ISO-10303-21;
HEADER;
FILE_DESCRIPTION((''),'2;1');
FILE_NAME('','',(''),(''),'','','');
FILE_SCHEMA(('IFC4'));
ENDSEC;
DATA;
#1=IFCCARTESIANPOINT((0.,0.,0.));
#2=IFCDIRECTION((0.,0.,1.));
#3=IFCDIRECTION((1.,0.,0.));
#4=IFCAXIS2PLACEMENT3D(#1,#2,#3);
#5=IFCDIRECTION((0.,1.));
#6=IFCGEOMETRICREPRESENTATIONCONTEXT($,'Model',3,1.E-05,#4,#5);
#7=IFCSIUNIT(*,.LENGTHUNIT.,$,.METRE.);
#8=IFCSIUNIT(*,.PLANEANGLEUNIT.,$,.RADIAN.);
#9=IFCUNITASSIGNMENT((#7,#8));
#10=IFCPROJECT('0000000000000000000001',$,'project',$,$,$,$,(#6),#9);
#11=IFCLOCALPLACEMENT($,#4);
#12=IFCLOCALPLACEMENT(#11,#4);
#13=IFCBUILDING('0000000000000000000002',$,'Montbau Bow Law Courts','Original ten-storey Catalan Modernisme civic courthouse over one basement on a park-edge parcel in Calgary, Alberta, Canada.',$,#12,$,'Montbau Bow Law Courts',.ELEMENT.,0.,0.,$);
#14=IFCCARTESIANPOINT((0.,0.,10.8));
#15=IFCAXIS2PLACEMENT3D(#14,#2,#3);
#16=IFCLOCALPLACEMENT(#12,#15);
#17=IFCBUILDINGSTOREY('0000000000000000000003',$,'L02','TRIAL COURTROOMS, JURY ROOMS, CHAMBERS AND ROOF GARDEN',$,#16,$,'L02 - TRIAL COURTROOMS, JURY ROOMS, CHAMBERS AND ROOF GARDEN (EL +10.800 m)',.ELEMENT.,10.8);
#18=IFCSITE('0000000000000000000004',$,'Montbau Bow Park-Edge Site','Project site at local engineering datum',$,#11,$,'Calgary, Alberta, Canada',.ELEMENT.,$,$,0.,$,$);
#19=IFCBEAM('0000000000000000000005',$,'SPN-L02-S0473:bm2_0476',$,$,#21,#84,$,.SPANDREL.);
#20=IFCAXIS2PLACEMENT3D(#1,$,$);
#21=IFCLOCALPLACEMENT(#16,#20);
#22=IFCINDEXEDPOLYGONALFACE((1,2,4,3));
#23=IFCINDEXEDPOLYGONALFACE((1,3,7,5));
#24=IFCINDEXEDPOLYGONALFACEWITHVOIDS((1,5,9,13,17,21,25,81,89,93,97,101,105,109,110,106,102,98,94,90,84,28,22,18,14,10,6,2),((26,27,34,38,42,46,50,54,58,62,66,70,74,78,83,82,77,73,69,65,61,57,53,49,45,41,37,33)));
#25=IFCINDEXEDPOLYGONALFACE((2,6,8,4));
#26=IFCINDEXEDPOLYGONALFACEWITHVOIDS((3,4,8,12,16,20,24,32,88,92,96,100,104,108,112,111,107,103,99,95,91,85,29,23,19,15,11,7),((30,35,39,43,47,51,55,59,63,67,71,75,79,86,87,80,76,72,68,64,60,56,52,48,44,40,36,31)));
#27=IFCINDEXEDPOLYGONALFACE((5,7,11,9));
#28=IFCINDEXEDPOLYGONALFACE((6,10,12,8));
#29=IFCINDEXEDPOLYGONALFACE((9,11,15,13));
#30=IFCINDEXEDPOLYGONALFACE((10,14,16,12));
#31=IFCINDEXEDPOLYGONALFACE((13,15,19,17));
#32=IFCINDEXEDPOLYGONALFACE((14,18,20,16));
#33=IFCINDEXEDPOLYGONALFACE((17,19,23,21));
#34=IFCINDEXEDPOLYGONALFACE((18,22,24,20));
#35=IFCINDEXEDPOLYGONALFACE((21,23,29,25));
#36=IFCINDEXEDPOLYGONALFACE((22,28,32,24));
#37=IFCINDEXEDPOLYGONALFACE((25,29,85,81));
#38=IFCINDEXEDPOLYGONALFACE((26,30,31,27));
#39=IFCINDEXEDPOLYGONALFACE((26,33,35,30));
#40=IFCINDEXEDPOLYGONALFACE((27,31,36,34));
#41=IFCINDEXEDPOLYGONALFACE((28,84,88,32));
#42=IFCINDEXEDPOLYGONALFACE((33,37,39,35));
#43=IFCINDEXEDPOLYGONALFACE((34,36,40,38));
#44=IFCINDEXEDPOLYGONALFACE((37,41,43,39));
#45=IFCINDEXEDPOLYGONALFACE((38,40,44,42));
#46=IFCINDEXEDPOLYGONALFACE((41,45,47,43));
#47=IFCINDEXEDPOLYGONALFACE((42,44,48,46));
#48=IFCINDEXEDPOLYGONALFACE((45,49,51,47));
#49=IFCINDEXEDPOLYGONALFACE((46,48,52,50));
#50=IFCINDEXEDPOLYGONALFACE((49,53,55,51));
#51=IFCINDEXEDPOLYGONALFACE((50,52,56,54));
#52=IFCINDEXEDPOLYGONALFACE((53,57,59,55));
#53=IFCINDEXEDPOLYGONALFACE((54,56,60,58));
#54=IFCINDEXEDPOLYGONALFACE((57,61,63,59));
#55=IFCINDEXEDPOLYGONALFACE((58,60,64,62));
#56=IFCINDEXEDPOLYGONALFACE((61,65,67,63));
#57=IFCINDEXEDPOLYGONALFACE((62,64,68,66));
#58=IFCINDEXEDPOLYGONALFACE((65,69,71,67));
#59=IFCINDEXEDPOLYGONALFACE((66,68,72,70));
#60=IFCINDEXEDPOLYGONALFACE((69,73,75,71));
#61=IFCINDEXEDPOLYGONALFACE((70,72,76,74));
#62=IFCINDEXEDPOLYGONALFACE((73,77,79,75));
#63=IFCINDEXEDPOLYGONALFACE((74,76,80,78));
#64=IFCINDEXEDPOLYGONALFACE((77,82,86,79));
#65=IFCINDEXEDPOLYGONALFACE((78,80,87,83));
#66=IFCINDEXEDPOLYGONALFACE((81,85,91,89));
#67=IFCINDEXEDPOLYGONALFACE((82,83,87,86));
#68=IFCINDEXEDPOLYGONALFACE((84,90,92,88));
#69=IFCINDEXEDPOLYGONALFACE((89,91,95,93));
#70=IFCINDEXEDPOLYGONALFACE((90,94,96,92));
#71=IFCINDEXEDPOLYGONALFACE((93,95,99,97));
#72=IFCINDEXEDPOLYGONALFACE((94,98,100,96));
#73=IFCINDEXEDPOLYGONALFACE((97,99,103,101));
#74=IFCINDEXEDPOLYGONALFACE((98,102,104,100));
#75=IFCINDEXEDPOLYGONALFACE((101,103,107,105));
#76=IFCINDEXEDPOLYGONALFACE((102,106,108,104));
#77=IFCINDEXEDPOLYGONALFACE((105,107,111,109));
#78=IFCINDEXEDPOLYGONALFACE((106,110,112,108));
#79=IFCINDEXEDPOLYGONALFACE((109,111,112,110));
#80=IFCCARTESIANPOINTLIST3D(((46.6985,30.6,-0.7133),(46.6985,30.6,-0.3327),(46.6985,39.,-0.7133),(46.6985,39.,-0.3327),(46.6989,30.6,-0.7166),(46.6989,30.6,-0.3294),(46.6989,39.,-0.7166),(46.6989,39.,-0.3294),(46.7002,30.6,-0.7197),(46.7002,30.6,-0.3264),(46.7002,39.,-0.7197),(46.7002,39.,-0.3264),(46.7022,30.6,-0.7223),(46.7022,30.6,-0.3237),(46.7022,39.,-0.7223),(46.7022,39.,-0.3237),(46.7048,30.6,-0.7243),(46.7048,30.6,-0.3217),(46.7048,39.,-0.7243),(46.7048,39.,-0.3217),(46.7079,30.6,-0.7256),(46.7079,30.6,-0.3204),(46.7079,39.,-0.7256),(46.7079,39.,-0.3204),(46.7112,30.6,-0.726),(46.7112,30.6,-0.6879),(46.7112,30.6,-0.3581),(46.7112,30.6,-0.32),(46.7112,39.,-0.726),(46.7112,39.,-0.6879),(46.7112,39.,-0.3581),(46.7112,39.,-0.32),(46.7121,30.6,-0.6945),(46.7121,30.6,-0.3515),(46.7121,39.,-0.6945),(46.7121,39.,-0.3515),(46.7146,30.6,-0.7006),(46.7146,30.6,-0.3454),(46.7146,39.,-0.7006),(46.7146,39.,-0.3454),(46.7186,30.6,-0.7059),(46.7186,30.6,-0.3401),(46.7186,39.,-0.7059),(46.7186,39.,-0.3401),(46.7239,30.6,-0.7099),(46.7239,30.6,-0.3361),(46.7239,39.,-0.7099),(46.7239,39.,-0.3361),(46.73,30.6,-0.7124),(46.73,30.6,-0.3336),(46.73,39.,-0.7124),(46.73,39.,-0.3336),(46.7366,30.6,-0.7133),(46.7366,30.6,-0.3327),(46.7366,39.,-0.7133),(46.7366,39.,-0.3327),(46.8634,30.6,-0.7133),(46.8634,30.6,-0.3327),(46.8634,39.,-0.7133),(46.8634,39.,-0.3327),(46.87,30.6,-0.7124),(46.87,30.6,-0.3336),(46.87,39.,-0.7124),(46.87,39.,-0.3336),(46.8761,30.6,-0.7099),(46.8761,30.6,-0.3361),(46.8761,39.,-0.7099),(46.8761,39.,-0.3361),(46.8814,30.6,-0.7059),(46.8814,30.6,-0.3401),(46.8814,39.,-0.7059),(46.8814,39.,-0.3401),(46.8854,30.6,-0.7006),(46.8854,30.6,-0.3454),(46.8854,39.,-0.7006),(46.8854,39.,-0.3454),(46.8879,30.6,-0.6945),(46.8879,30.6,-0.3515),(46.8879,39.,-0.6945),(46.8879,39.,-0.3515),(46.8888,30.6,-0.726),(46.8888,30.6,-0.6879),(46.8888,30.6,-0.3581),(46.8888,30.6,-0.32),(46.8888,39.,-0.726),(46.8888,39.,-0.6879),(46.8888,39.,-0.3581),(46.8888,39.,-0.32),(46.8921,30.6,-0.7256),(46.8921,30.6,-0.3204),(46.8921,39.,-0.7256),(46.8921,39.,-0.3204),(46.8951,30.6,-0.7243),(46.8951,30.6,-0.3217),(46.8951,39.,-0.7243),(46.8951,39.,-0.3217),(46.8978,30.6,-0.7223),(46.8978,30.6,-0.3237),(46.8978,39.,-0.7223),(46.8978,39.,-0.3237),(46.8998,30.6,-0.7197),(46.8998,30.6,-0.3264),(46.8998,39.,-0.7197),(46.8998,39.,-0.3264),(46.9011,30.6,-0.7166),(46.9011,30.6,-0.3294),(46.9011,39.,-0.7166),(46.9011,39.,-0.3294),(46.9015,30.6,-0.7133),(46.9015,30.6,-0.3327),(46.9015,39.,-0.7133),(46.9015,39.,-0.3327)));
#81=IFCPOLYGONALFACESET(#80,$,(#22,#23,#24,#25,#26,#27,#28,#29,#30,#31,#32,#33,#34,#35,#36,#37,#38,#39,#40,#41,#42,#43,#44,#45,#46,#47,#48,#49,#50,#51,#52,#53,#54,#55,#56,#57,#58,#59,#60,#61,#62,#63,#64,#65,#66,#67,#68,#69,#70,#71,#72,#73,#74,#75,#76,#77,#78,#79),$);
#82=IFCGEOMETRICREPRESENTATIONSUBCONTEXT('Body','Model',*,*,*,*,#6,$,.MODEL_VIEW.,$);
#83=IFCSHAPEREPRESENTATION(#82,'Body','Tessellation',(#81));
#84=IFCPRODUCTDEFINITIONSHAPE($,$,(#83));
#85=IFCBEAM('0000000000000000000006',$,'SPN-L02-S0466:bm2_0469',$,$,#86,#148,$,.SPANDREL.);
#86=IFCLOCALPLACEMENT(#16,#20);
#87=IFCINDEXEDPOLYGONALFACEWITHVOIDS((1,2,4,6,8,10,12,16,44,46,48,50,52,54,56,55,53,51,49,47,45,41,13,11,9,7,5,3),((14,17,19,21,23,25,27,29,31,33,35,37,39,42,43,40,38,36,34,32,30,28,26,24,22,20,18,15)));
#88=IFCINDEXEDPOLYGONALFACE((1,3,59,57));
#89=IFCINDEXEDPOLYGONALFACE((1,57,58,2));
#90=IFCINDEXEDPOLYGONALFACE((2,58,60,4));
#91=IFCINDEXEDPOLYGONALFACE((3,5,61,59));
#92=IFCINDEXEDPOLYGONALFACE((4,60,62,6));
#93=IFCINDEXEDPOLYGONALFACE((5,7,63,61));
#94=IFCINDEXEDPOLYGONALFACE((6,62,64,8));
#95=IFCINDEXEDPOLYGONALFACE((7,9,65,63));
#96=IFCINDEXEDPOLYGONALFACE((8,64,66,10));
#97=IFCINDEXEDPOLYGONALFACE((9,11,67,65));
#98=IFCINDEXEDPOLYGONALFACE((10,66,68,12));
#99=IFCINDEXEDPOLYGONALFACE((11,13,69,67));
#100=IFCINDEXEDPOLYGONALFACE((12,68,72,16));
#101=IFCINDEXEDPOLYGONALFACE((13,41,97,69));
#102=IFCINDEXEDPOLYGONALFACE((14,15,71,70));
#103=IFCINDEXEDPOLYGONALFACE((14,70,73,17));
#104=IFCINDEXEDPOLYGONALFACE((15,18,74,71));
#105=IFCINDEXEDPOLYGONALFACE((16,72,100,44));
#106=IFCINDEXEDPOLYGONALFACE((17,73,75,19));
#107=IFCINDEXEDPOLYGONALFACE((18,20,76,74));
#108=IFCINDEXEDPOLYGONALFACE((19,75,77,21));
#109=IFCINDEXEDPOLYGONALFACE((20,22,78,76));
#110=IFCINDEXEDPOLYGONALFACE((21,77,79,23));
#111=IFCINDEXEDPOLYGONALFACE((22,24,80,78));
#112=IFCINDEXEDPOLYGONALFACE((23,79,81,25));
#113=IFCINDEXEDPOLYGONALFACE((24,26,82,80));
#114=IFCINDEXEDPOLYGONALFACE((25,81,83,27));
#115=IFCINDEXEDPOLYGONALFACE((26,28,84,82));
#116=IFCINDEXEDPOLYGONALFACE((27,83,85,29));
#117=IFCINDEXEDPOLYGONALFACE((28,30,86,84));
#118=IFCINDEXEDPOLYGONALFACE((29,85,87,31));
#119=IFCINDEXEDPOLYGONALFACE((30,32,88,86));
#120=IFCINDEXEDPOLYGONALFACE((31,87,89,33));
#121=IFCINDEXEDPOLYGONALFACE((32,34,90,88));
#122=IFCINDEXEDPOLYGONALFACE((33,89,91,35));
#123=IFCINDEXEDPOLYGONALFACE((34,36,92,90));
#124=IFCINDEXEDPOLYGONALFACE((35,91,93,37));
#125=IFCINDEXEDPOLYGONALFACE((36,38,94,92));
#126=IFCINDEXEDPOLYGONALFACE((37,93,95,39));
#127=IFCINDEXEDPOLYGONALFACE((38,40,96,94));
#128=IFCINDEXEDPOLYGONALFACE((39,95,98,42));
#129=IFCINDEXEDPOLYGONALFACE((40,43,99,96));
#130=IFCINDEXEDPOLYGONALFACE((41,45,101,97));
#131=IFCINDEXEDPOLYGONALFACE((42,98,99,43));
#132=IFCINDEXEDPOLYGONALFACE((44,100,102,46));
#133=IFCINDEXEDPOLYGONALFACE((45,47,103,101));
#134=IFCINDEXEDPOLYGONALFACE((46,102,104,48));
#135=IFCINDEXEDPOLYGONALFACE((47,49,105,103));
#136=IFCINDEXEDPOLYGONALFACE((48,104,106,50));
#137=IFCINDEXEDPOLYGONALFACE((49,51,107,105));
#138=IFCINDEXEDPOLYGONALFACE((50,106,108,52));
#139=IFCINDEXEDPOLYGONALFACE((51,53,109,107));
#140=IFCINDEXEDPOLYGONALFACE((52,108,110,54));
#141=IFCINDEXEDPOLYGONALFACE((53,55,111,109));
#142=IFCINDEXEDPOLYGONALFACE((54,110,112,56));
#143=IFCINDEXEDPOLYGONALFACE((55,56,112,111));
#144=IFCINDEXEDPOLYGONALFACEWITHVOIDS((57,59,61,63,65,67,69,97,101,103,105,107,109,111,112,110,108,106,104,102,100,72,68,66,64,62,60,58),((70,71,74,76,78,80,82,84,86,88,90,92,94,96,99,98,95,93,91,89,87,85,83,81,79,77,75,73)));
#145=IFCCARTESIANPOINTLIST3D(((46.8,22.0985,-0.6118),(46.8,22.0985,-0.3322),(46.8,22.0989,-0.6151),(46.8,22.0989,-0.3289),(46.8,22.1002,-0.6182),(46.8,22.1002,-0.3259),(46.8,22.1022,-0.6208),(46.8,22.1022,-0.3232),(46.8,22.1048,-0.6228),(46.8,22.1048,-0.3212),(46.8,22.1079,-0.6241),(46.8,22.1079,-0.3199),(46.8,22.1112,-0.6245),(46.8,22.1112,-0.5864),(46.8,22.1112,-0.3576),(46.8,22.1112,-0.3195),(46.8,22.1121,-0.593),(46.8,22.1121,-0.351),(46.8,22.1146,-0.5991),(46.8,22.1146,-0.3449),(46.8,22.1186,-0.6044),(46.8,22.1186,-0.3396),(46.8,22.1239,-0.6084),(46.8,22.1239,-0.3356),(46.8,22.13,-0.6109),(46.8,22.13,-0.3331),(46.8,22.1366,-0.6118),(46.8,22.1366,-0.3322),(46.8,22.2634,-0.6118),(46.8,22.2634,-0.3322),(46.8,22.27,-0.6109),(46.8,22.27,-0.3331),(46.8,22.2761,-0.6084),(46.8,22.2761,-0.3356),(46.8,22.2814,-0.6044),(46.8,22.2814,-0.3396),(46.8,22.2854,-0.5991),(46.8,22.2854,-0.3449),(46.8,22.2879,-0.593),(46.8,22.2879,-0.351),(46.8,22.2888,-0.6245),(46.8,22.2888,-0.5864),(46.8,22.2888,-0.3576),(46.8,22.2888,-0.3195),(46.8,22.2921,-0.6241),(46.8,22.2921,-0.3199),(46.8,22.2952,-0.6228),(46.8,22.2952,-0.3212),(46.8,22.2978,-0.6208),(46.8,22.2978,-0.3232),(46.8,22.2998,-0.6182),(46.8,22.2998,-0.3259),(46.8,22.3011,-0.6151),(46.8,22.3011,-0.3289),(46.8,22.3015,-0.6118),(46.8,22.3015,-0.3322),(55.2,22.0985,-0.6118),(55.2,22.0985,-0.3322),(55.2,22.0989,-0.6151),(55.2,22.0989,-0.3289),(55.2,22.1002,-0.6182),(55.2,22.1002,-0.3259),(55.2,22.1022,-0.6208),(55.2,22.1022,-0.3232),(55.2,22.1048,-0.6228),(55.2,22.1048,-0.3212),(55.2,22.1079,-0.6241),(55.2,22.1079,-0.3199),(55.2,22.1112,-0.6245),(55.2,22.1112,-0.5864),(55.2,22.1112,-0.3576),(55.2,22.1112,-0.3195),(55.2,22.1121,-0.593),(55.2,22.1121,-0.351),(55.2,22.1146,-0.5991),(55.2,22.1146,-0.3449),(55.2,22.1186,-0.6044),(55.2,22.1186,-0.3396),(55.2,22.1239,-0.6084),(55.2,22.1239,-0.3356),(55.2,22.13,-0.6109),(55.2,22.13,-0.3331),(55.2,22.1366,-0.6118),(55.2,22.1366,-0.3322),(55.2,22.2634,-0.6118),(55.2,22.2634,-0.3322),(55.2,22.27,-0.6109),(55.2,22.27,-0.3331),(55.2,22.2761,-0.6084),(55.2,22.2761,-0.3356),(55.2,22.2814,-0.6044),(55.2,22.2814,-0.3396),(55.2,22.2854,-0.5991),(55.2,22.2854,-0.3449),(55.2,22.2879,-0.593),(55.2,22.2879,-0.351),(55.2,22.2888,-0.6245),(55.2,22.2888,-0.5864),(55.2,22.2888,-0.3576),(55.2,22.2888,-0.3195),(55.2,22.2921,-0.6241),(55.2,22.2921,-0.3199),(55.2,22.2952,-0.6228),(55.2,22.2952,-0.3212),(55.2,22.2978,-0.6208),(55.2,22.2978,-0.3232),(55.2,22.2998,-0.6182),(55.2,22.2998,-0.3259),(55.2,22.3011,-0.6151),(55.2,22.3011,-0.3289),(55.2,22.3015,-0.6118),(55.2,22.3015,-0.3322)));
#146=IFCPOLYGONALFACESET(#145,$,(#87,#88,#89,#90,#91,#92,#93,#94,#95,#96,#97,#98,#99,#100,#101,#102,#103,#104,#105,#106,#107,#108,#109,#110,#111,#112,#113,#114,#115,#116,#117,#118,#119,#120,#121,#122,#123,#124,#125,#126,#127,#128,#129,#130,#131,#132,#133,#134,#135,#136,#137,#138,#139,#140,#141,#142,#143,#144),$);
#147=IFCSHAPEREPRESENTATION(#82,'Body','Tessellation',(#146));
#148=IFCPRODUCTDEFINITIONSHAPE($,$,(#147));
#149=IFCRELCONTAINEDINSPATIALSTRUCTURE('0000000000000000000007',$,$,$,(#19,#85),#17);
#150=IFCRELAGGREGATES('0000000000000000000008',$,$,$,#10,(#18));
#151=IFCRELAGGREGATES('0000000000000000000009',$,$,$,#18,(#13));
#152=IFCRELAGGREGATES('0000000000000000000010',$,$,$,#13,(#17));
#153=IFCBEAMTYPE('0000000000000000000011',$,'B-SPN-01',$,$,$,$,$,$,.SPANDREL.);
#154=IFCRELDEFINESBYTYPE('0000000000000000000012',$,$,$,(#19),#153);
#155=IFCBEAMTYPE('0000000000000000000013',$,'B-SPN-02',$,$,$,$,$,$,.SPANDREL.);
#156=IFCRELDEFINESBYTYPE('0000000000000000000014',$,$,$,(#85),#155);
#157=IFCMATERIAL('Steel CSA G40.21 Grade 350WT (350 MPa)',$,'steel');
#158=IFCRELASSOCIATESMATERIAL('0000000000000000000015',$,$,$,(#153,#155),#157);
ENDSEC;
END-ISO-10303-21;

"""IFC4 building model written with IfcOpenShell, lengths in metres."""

from ifc_helpers import new_model, si_unit, direction, frame, origin_with_axes, origin_2d_with_axis, place, context, subcontext, project, spatial, hollow_rectangle, extrude, material, material_profile, profile_set, type_object, element, save


model = new_model("IFC4")

# Units and contexts
model_context = context("Model", 3, precision=1e-05, world=origin_with_axes(), true_north=direction((0.0, 1.0)))
body_context = subcontext(model_context, "Body", "Model", "MODEL_VIEW")
ifc_project = project(units=[si_unit("LENGTHUNIT", "METRE"), si_unit("PLANEANGLEUNIT", "RADIAN")], contexts=[model_context])

# Site, building, storey
site_placement = place(None, origin_with_axes())
site = spatial("IfcSite", under=ifc_project, at=site_placement, Name="Montbau Bow Park-Edge Site", Description="Project site at local engineering datum", LongName="Calgary, Alberta, Canada", CompositionType="ELEMENT", RefElevation=0.0)
building_placement = place(site_placement, origin_with_axes())
building = spatial("IfcBuilding", under=site, at=building_placement, Name="Montbau Bow Law Courts", Description="Original ten-storey Catalan Modernisme civic courthouse over one basement on a park-edge parcel in Calgary, Alberta, Canada.", LongName="Montbau Bow Law Courts", CompositionType="ELEMENT", ElevationOfRefHeight=0.0, ElevationOfTerrain=0.0)
storey_placement = place(building_placement, frame((0.0, 0.0, 10.8), z_axis=(0.0, 0.0, 1.0), x_axis=(1.0, 0.0, 0.0)))
storey = spatial("IfcBuildingStorey", under=building, at=storey_placement, Name="L02", Description="TRIAL COURTROOMS, JURY ROOMS, CHAMBERS AND ROOF GARDEN", LongName="L02 - TRIAL COURTROOMS, JURY ROOMS, CHAMBERS AND ROOF GARDEN (EL +10.800 m)", CompositionType="ELEMENT", Elevation=10.8)

# Beams
ifc_material_1 = material(Name="Steel CSA G40.21 Grade 350WT (350 MPa)", Category="steel")
ifc_material_profile_1 = material_profile(ifc_material_1, hollow_rectangle(XDim=0.203, YDim=0.406, WallThickness=0.0127, InnerFilletRadius=0.0254, OuterFilletRadius=0.0127, at=origin_2d_with_axis()), Name="HSS406X203X13", Category="Main", Priority=0)
ifc_profile_set_1 = profile_set([ifc_material_profile_1], Name="Steel CSA G40.21 Grade 350WT (350 MPa)")
beam_type_1 = type_object("IfcBeamType", Name="B-SPN-01", PredefinedType="SPANDREL", material=ifc_profile_set_1)
for number, where, z_axis, x_axis, name in (
    (1, (46.8, 30.6, 10.277), (0.0, 1.0, 0.0), (-1.0, 0.0, 0.0), "SPN-L02-S0473:bm2_0476"),
):
    element("IfcBeam", number, at=place(None, frame(where, z_axis=z_axis, x_axis=x_axis)), inside=storey, type_object=beam_type_1, Name=name, PredefinedType="SPANDREL", context=body_context, shape_type="SweptSolid", body=[
        extrude(hollow_rectangle(XDim=0.203, YDim=0.406, WallThickness=0.0127, InnerFilletRadius=0.0254, OuterFilletRadius=0.0127, at=origin_2d_with_axis()), origin_with_axes(), (0.0, 0.0, 1.0), 8.4),
    ])
ifc_material_profile_2 = material_profile(ifc_material_1, hollow_rectangle(XDim=0.203, YDim=0.305, WallThickness=0.0127, InnerFilletRadius=0.0254, OuterFilletRadius=0.0127, at=origin_2d_with_axis()), Name="HSS305X203X13", Category="Main", Priority=0)
ifc_profile_set_2 = profile_set([ifc_material_profile_2], Name="Steel CSA G40.21 Grade 350WT (350 MPa)")
beam_type_2 = type_object("IfcBeamType", Name="B-SPN-02", PredefinedType="SPANDREL", material=ifc_profile_set_2)
beam_1_placement = place(None, frame((46.8, 22.2, 10.328), z_axis=(1.0, 0.0, 0.0), x_axis=(0.0, 1.0, 0.0)))
element("IfcBeam", 2, at=beam_1_placement, inside=storey, type_object=beam_type_2, Name="SPN-L02-S0466:bm2_0469", PredefinedType="SPANDREL", context=body_context, shape_type="SweptSolid", body=[
    extrude(hollow_rectangle(XDim=0.203, YDim=0.305, WallThickness=0.0127, InnerFilletRadius=0.0254, OuterFilletRadius=0.0127, at=origin_2d_with_axis()), origin_with_axes(), (0.0, 0.0, 1.0), 8.4),
])

save(model, "model.ifc")
